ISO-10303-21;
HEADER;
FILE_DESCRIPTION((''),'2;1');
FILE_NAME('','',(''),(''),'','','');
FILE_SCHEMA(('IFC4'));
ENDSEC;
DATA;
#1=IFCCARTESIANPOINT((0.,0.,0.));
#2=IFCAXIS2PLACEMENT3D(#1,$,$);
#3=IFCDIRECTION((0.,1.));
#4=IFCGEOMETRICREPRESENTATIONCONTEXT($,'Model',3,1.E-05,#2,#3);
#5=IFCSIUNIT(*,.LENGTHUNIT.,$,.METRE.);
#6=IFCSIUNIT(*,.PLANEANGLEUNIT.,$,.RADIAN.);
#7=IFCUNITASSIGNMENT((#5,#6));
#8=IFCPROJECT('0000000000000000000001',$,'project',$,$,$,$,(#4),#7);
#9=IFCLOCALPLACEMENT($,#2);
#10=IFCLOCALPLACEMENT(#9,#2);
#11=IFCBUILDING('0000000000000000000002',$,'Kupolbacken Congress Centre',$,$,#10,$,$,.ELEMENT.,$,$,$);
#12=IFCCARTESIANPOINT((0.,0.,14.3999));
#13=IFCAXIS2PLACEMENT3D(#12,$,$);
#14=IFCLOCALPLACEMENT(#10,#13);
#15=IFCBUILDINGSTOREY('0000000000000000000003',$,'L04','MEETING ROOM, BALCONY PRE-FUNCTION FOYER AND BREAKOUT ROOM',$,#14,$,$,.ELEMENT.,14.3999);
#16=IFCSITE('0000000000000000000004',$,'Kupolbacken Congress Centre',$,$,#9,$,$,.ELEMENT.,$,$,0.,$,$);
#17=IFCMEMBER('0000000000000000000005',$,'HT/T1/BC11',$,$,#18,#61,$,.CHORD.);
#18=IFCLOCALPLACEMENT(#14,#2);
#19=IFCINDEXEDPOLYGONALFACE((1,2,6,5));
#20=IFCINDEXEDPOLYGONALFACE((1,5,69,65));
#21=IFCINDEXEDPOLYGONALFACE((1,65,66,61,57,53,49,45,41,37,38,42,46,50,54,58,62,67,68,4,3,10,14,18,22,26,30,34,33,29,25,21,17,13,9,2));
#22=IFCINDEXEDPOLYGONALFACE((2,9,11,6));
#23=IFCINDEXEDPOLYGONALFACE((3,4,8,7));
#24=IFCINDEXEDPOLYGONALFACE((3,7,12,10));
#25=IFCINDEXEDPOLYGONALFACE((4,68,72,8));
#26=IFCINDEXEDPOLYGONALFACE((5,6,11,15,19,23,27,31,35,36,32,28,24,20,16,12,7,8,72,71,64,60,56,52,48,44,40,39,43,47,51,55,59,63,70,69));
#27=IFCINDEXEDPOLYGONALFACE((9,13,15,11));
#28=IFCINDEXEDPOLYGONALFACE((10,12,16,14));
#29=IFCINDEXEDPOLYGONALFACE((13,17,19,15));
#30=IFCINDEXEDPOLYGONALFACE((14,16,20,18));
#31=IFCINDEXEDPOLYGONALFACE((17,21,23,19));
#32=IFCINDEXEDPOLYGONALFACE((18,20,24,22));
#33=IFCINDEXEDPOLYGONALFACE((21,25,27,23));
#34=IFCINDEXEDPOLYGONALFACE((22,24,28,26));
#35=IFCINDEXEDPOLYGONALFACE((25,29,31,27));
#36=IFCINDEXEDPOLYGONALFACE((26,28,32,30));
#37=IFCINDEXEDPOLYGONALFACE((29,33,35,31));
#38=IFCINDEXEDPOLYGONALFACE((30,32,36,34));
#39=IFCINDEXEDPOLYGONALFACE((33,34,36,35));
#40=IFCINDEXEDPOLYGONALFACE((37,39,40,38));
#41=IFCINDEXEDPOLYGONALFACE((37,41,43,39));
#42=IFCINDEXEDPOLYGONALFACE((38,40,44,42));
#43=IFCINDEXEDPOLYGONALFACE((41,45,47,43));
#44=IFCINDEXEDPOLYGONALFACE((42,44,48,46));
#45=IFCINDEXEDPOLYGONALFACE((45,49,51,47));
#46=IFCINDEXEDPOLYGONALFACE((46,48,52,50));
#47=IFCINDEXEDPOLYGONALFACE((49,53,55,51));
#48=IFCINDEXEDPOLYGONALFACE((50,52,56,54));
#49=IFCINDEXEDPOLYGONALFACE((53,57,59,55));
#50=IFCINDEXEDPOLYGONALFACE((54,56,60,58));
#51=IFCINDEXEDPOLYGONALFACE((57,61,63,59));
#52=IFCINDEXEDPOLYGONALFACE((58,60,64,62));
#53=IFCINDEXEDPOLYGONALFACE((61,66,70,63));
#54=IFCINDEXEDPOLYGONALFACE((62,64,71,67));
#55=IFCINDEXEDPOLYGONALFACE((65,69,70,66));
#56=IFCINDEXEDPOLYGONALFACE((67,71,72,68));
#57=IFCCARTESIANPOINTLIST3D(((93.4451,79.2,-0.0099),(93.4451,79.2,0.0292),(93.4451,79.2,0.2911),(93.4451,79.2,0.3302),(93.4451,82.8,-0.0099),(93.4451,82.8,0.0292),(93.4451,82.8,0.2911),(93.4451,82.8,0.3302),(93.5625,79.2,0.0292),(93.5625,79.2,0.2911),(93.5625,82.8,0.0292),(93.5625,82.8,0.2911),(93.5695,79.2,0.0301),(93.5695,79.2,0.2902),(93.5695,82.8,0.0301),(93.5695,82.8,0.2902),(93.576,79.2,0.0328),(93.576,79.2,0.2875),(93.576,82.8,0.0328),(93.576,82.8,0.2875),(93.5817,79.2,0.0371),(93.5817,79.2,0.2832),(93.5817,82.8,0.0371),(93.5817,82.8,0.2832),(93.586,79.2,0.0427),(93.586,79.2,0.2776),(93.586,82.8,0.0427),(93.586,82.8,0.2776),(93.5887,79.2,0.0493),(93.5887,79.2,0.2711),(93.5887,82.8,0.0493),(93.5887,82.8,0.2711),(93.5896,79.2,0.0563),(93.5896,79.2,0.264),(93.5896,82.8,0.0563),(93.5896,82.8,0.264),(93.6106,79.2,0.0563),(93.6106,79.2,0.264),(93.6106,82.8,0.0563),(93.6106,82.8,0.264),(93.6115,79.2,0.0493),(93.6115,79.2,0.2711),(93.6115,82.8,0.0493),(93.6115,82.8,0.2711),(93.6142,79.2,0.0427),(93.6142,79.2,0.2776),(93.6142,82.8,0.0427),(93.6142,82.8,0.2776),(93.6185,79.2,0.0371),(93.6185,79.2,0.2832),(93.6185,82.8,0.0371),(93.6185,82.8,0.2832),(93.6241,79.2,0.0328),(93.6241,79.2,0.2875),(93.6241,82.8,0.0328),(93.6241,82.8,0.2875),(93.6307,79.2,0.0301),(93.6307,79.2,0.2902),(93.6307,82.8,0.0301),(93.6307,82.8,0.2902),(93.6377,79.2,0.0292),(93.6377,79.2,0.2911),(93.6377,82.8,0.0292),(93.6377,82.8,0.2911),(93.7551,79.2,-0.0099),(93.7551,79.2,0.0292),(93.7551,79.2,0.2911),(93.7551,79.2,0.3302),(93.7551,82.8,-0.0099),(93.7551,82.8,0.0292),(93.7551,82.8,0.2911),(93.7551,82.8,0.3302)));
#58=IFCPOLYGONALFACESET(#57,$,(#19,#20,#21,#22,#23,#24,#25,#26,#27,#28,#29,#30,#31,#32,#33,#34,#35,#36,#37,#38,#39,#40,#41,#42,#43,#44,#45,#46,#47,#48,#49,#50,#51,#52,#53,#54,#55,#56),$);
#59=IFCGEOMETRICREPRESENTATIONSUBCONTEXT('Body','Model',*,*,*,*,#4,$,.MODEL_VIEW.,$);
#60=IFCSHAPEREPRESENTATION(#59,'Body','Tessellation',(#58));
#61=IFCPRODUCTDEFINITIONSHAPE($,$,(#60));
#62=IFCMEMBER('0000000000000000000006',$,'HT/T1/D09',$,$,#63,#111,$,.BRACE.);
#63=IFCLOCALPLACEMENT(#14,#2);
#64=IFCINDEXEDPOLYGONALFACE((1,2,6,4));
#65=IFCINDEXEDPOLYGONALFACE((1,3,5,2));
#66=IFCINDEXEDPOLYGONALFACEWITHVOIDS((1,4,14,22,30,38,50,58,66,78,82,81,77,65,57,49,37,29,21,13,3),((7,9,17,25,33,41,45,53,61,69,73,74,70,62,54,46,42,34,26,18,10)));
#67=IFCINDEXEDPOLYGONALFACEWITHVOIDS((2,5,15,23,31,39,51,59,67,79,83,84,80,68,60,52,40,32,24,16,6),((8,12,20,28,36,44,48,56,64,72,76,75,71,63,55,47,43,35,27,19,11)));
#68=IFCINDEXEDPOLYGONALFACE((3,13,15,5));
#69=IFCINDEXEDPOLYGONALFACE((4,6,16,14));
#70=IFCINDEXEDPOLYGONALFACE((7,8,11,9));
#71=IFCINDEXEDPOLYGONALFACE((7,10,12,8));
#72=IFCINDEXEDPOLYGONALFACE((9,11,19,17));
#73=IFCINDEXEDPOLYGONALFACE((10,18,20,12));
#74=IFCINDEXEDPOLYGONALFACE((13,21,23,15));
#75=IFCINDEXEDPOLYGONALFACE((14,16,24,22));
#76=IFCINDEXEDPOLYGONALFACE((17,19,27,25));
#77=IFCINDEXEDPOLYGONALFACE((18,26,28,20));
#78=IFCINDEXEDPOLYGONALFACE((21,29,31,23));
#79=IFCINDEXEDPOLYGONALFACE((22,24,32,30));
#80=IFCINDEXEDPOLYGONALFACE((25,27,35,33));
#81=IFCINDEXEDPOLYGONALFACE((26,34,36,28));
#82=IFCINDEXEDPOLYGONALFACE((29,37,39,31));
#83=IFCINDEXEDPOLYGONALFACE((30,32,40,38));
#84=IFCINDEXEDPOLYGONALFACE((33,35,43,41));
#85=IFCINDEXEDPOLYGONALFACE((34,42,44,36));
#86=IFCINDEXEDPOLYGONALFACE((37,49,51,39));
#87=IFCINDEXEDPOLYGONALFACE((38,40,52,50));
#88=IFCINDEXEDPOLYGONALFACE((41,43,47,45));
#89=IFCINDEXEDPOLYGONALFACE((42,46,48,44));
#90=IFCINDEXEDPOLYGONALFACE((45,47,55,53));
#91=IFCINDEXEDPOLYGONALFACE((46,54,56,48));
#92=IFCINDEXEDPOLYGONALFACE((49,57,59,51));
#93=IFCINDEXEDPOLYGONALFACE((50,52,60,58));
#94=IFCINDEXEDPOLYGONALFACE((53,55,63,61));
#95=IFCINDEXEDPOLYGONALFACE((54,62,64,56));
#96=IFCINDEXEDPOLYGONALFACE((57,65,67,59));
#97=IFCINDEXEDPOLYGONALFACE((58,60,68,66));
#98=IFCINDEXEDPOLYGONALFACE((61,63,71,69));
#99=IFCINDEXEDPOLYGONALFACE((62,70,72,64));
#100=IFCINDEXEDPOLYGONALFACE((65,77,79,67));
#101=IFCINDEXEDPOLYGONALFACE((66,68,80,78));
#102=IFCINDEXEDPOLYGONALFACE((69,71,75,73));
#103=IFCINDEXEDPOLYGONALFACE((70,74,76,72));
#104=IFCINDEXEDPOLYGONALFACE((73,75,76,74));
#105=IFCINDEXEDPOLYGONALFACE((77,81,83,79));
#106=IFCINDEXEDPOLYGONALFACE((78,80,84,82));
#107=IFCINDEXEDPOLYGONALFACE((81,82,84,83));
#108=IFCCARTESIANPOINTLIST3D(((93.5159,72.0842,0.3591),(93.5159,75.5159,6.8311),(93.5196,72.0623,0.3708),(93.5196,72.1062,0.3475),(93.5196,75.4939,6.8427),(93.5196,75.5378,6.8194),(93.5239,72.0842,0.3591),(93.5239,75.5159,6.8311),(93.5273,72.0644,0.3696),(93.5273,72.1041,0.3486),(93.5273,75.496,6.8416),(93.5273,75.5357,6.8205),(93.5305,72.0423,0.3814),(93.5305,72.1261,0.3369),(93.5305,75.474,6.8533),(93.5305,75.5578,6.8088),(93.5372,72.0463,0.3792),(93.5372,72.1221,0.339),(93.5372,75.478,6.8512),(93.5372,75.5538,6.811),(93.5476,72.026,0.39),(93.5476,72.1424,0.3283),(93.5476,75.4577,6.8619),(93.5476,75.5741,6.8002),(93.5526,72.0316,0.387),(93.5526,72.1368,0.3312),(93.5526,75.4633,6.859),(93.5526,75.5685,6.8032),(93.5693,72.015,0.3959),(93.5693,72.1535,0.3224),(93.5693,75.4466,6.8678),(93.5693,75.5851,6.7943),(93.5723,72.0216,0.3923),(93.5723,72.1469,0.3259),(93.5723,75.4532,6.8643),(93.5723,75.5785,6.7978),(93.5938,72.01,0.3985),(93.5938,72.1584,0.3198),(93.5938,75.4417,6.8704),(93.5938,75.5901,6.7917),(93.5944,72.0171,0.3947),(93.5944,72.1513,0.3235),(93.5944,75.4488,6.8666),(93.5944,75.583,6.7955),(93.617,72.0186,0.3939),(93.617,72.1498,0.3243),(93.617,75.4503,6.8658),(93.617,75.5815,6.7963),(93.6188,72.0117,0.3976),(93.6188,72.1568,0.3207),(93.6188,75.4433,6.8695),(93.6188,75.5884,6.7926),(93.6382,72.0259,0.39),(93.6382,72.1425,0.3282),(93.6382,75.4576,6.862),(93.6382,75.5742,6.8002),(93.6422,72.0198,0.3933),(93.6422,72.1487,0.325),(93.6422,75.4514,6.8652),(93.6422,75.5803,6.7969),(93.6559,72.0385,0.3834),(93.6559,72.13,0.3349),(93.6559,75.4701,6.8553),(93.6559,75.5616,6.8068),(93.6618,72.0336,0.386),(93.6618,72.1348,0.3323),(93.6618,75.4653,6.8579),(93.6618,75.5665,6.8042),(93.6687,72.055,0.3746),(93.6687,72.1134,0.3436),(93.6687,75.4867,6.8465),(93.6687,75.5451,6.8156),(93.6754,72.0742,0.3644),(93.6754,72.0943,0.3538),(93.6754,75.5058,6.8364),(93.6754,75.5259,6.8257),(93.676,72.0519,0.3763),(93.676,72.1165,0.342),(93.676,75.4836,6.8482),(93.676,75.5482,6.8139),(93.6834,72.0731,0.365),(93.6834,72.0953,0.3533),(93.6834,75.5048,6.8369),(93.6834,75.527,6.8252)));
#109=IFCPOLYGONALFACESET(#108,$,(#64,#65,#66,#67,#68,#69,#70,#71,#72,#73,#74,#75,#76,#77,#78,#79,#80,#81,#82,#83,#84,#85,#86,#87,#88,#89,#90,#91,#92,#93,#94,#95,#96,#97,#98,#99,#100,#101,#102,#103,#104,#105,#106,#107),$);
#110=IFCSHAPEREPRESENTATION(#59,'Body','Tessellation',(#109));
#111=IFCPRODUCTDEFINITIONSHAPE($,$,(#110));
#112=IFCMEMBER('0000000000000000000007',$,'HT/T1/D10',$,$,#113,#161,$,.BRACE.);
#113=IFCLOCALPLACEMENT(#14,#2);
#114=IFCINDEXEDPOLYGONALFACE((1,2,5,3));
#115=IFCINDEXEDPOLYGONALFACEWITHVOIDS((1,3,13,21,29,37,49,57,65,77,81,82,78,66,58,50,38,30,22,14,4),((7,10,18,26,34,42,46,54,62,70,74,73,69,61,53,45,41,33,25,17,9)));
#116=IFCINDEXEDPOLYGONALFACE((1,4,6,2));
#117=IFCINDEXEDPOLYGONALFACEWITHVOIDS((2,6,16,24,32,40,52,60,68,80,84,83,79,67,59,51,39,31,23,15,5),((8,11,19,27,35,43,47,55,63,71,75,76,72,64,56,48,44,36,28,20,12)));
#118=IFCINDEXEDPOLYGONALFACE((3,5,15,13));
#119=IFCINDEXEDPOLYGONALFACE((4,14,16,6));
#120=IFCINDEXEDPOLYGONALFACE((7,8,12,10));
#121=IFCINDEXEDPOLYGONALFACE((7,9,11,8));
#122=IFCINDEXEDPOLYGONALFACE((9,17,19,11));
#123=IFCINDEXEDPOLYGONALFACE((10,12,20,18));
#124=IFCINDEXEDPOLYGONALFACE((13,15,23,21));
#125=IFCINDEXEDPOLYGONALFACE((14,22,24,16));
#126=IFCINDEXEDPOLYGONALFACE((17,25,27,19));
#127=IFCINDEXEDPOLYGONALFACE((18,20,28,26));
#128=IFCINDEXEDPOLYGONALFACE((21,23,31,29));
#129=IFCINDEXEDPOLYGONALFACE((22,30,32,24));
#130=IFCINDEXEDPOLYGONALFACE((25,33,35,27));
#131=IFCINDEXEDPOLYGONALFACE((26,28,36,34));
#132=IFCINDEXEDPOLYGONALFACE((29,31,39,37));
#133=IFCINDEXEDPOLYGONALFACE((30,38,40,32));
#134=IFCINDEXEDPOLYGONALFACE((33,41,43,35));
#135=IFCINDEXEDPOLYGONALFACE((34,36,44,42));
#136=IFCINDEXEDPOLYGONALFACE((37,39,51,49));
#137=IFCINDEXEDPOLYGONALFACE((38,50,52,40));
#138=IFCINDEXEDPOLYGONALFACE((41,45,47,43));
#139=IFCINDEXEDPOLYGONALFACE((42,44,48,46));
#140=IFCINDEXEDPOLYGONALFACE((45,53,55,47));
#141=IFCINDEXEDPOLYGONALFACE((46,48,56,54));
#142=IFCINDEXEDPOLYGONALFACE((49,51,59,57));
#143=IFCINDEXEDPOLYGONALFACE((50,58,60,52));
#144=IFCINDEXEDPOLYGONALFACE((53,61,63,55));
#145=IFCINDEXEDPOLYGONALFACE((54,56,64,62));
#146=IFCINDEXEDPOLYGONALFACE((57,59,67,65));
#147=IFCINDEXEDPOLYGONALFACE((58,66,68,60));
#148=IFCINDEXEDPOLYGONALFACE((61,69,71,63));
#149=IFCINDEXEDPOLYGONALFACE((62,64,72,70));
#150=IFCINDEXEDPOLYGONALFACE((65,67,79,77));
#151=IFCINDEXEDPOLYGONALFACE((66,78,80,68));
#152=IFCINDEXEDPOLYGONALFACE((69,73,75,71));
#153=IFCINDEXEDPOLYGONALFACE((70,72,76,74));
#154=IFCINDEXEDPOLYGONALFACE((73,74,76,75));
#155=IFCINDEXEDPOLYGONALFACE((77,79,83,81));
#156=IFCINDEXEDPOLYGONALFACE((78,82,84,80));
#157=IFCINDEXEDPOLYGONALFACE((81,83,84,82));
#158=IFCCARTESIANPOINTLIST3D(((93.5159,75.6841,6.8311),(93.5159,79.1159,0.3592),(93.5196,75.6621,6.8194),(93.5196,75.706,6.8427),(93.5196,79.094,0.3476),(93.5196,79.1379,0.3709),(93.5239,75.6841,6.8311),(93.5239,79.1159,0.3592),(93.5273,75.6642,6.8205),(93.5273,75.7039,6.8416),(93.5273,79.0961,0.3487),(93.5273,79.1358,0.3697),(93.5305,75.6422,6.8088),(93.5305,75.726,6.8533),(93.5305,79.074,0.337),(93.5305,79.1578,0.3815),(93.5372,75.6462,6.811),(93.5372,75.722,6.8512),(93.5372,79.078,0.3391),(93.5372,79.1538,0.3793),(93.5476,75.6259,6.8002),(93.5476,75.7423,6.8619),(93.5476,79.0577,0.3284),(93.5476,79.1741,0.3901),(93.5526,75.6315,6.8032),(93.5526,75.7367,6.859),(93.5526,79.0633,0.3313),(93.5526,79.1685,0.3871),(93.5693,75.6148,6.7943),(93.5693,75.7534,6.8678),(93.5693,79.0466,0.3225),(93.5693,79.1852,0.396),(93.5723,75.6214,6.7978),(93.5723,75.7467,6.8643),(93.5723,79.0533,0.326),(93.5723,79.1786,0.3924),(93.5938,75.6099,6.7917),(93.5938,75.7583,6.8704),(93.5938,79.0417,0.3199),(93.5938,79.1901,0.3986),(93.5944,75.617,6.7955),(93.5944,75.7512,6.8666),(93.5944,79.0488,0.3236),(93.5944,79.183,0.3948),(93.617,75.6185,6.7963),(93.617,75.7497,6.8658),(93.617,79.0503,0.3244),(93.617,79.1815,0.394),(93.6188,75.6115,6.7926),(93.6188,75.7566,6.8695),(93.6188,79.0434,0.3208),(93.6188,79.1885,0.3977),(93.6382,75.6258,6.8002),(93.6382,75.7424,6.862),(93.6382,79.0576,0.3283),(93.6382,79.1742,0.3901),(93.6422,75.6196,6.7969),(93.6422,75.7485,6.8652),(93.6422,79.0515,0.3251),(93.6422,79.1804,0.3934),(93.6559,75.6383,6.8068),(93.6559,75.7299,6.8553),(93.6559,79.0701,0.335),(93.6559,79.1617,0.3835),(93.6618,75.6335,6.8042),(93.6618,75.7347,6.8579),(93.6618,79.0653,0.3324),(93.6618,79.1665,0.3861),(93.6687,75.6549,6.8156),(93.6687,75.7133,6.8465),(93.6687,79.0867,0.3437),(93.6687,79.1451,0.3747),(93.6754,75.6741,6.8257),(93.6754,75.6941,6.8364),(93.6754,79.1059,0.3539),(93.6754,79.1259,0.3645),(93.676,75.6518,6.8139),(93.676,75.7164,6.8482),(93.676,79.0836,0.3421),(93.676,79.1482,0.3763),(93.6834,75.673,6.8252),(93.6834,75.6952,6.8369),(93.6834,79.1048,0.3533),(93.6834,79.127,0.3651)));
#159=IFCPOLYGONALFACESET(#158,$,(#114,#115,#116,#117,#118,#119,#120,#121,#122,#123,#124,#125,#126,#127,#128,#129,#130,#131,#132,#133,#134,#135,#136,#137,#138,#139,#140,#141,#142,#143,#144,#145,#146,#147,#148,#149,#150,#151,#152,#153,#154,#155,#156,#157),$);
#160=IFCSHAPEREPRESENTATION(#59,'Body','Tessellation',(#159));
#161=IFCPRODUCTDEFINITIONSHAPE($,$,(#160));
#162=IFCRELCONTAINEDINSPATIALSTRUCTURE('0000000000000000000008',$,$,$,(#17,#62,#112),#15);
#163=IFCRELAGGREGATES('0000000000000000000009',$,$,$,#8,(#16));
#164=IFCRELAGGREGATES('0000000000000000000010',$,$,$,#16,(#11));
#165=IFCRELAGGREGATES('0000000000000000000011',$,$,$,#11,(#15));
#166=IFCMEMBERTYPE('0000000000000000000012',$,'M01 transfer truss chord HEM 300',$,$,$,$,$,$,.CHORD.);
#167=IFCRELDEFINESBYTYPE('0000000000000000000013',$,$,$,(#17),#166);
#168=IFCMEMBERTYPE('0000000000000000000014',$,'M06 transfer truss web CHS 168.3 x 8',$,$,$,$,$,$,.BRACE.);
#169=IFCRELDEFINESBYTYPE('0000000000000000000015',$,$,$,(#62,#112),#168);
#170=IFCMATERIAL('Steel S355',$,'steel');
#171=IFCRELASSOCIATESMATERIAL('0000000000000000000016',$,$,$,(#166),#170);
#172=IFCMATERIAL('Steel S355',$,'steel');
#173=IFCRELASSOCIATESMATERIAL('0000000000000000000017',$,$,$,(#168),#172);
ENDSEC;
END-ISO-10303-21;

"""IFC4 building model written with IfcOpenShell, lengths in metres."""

from ifc_helpers import new_model, si_unit, direction, frame, origin, origin_2d, place, context, subcontext, project, spatial, hollow_circle, i_section, extrude, material, material_profile, profile_set, type_object, element, save


model = new_model("IFC4")

# Units and contexts
model_context = context("Model", 3, precision=1e-05, world=origin(), true_north=direction((0.0, 1.0)))
body_context = subcontext(model_context, "Body", "Model", "MODEL_VIEW")
ifc_project = project(units=[si_unit("LENGTHUNIT", "METRE"), si_unit("PLANEANGLEUNIT", "RADIAN")], contexts=[model_context])

# Site, building, storey
site_placement = place(None, origin())
site = spatial("IfcSite", under=ifc_project, at=site_placement, Name="Kupolbacken Congress Centre", CompositionType="ELEMENT", RefElevation=0.0)
building_placement = place(site_placement, origin())
building = spatial("IfcBuilding", under=site, at=building_placement, Name="Kupolbacken Congress Centre", CompositionType="ELEMENT")
storey_placement = place(building_placement, frame((0.0, 0.0, 14.3999)))
storey = spatial("IfcBuildingStorey", under=building, at=storey_placement, Name="L04", Description="MEETING ROOM, BALCONY PRE-FUNCTION FOYER AND BREAKOUT ROOM", CompositionType="ELEMENT", Elevation=14.3999)

# Members
ifc_material_1 = material(Name="Steel S355", Category="steel")
ifc_material_profile_1 = material_profile(ifc_material_1, i_section(OverallWidth=0.3101, OverallDepth=0.3401, WebThickness=0.021, FlangeThickness=0.0391, FilletRadius=0.0271, at=origin_2d()), Name="HEM 300")
ifc_profile_set_1 = profile_set([ifc_material_profile_1], Name="Steel S355")
member_type_1 = type_object("IfcMemberType", Name="M01 transfer truss chord HEM 300", PredefinedType="CHORD", material=ifc_profile_set_1)
member_1_placement = place(storey_placement, frame((93.6001, 79.2, 0.1602), z_axis=(0.0, 1.0, 0.0), x_axis=(-1.0, 0.0, 0.0)))
element("IfcMember", 1, at=member_1_placement, inside=storey, type_object=member_type_1, Name="HT/T1/BC11", PredefinedType="CHORD", context=body_context, shape_type="SweptSolid", body=[
    extrude(i_section(OverallWidth=0.3101, OverallDepth=0.3401, WebThickness=0.021, FlangeThickness=0.0391, FilletRadius=0.0271, at=origin_2d()), origin(), (0.0, 0.0, 1.0), 3.6001),
])
ifc_material_2 = material(Name="Steel S355", Category="steel")
ifc_material_profile_2 = material_profile(ifc_material_2, hollow_circle(Radius=0.0842, WallThickness=0.0081, at=origin_2d()), Name="CHS 168.3 x 8")
ifc_profile_set_2 = profile_set([ifc_material_profile_2], Name="Steel S355")
member_type_2 = type_object("IfcMemberType", Name="M06 transfer truss web CHS 168.3 x 8", PredefinedType="BRACE", material=ifc_profile_set_2)
for number, where, z_axis, x_axis, name in (
    (2, (93.6001, 72.0842, 0.3591), (0.0, 0.468456, 0.883487), (-1.0, 0.0, 0.0), "HT/T1/D09"),
    (3, (93.6001, 75.6841, 6.8311), (0.0, 0.468482, -0.883473), (-1.0, 0.0, 0.0), "HT/T1/D10"),
):
    element("IfcMember", number, at=place(storey_placement, frame(where, z_axis=z_axis, x_axis=x_axis)), inside=storey, type_object=member_type_2, Name=name, PredefinedType="BRACE", context=body_context, shape_type="SweptSolid", body=[
        extrude(hollow_circle(Radius=0.0842, WallThickness=0.0081, at=origin_2d()), origin(), (0.0, 0.0, 1.0), 7.3254),
    ])

save(model, "model.ifc")
